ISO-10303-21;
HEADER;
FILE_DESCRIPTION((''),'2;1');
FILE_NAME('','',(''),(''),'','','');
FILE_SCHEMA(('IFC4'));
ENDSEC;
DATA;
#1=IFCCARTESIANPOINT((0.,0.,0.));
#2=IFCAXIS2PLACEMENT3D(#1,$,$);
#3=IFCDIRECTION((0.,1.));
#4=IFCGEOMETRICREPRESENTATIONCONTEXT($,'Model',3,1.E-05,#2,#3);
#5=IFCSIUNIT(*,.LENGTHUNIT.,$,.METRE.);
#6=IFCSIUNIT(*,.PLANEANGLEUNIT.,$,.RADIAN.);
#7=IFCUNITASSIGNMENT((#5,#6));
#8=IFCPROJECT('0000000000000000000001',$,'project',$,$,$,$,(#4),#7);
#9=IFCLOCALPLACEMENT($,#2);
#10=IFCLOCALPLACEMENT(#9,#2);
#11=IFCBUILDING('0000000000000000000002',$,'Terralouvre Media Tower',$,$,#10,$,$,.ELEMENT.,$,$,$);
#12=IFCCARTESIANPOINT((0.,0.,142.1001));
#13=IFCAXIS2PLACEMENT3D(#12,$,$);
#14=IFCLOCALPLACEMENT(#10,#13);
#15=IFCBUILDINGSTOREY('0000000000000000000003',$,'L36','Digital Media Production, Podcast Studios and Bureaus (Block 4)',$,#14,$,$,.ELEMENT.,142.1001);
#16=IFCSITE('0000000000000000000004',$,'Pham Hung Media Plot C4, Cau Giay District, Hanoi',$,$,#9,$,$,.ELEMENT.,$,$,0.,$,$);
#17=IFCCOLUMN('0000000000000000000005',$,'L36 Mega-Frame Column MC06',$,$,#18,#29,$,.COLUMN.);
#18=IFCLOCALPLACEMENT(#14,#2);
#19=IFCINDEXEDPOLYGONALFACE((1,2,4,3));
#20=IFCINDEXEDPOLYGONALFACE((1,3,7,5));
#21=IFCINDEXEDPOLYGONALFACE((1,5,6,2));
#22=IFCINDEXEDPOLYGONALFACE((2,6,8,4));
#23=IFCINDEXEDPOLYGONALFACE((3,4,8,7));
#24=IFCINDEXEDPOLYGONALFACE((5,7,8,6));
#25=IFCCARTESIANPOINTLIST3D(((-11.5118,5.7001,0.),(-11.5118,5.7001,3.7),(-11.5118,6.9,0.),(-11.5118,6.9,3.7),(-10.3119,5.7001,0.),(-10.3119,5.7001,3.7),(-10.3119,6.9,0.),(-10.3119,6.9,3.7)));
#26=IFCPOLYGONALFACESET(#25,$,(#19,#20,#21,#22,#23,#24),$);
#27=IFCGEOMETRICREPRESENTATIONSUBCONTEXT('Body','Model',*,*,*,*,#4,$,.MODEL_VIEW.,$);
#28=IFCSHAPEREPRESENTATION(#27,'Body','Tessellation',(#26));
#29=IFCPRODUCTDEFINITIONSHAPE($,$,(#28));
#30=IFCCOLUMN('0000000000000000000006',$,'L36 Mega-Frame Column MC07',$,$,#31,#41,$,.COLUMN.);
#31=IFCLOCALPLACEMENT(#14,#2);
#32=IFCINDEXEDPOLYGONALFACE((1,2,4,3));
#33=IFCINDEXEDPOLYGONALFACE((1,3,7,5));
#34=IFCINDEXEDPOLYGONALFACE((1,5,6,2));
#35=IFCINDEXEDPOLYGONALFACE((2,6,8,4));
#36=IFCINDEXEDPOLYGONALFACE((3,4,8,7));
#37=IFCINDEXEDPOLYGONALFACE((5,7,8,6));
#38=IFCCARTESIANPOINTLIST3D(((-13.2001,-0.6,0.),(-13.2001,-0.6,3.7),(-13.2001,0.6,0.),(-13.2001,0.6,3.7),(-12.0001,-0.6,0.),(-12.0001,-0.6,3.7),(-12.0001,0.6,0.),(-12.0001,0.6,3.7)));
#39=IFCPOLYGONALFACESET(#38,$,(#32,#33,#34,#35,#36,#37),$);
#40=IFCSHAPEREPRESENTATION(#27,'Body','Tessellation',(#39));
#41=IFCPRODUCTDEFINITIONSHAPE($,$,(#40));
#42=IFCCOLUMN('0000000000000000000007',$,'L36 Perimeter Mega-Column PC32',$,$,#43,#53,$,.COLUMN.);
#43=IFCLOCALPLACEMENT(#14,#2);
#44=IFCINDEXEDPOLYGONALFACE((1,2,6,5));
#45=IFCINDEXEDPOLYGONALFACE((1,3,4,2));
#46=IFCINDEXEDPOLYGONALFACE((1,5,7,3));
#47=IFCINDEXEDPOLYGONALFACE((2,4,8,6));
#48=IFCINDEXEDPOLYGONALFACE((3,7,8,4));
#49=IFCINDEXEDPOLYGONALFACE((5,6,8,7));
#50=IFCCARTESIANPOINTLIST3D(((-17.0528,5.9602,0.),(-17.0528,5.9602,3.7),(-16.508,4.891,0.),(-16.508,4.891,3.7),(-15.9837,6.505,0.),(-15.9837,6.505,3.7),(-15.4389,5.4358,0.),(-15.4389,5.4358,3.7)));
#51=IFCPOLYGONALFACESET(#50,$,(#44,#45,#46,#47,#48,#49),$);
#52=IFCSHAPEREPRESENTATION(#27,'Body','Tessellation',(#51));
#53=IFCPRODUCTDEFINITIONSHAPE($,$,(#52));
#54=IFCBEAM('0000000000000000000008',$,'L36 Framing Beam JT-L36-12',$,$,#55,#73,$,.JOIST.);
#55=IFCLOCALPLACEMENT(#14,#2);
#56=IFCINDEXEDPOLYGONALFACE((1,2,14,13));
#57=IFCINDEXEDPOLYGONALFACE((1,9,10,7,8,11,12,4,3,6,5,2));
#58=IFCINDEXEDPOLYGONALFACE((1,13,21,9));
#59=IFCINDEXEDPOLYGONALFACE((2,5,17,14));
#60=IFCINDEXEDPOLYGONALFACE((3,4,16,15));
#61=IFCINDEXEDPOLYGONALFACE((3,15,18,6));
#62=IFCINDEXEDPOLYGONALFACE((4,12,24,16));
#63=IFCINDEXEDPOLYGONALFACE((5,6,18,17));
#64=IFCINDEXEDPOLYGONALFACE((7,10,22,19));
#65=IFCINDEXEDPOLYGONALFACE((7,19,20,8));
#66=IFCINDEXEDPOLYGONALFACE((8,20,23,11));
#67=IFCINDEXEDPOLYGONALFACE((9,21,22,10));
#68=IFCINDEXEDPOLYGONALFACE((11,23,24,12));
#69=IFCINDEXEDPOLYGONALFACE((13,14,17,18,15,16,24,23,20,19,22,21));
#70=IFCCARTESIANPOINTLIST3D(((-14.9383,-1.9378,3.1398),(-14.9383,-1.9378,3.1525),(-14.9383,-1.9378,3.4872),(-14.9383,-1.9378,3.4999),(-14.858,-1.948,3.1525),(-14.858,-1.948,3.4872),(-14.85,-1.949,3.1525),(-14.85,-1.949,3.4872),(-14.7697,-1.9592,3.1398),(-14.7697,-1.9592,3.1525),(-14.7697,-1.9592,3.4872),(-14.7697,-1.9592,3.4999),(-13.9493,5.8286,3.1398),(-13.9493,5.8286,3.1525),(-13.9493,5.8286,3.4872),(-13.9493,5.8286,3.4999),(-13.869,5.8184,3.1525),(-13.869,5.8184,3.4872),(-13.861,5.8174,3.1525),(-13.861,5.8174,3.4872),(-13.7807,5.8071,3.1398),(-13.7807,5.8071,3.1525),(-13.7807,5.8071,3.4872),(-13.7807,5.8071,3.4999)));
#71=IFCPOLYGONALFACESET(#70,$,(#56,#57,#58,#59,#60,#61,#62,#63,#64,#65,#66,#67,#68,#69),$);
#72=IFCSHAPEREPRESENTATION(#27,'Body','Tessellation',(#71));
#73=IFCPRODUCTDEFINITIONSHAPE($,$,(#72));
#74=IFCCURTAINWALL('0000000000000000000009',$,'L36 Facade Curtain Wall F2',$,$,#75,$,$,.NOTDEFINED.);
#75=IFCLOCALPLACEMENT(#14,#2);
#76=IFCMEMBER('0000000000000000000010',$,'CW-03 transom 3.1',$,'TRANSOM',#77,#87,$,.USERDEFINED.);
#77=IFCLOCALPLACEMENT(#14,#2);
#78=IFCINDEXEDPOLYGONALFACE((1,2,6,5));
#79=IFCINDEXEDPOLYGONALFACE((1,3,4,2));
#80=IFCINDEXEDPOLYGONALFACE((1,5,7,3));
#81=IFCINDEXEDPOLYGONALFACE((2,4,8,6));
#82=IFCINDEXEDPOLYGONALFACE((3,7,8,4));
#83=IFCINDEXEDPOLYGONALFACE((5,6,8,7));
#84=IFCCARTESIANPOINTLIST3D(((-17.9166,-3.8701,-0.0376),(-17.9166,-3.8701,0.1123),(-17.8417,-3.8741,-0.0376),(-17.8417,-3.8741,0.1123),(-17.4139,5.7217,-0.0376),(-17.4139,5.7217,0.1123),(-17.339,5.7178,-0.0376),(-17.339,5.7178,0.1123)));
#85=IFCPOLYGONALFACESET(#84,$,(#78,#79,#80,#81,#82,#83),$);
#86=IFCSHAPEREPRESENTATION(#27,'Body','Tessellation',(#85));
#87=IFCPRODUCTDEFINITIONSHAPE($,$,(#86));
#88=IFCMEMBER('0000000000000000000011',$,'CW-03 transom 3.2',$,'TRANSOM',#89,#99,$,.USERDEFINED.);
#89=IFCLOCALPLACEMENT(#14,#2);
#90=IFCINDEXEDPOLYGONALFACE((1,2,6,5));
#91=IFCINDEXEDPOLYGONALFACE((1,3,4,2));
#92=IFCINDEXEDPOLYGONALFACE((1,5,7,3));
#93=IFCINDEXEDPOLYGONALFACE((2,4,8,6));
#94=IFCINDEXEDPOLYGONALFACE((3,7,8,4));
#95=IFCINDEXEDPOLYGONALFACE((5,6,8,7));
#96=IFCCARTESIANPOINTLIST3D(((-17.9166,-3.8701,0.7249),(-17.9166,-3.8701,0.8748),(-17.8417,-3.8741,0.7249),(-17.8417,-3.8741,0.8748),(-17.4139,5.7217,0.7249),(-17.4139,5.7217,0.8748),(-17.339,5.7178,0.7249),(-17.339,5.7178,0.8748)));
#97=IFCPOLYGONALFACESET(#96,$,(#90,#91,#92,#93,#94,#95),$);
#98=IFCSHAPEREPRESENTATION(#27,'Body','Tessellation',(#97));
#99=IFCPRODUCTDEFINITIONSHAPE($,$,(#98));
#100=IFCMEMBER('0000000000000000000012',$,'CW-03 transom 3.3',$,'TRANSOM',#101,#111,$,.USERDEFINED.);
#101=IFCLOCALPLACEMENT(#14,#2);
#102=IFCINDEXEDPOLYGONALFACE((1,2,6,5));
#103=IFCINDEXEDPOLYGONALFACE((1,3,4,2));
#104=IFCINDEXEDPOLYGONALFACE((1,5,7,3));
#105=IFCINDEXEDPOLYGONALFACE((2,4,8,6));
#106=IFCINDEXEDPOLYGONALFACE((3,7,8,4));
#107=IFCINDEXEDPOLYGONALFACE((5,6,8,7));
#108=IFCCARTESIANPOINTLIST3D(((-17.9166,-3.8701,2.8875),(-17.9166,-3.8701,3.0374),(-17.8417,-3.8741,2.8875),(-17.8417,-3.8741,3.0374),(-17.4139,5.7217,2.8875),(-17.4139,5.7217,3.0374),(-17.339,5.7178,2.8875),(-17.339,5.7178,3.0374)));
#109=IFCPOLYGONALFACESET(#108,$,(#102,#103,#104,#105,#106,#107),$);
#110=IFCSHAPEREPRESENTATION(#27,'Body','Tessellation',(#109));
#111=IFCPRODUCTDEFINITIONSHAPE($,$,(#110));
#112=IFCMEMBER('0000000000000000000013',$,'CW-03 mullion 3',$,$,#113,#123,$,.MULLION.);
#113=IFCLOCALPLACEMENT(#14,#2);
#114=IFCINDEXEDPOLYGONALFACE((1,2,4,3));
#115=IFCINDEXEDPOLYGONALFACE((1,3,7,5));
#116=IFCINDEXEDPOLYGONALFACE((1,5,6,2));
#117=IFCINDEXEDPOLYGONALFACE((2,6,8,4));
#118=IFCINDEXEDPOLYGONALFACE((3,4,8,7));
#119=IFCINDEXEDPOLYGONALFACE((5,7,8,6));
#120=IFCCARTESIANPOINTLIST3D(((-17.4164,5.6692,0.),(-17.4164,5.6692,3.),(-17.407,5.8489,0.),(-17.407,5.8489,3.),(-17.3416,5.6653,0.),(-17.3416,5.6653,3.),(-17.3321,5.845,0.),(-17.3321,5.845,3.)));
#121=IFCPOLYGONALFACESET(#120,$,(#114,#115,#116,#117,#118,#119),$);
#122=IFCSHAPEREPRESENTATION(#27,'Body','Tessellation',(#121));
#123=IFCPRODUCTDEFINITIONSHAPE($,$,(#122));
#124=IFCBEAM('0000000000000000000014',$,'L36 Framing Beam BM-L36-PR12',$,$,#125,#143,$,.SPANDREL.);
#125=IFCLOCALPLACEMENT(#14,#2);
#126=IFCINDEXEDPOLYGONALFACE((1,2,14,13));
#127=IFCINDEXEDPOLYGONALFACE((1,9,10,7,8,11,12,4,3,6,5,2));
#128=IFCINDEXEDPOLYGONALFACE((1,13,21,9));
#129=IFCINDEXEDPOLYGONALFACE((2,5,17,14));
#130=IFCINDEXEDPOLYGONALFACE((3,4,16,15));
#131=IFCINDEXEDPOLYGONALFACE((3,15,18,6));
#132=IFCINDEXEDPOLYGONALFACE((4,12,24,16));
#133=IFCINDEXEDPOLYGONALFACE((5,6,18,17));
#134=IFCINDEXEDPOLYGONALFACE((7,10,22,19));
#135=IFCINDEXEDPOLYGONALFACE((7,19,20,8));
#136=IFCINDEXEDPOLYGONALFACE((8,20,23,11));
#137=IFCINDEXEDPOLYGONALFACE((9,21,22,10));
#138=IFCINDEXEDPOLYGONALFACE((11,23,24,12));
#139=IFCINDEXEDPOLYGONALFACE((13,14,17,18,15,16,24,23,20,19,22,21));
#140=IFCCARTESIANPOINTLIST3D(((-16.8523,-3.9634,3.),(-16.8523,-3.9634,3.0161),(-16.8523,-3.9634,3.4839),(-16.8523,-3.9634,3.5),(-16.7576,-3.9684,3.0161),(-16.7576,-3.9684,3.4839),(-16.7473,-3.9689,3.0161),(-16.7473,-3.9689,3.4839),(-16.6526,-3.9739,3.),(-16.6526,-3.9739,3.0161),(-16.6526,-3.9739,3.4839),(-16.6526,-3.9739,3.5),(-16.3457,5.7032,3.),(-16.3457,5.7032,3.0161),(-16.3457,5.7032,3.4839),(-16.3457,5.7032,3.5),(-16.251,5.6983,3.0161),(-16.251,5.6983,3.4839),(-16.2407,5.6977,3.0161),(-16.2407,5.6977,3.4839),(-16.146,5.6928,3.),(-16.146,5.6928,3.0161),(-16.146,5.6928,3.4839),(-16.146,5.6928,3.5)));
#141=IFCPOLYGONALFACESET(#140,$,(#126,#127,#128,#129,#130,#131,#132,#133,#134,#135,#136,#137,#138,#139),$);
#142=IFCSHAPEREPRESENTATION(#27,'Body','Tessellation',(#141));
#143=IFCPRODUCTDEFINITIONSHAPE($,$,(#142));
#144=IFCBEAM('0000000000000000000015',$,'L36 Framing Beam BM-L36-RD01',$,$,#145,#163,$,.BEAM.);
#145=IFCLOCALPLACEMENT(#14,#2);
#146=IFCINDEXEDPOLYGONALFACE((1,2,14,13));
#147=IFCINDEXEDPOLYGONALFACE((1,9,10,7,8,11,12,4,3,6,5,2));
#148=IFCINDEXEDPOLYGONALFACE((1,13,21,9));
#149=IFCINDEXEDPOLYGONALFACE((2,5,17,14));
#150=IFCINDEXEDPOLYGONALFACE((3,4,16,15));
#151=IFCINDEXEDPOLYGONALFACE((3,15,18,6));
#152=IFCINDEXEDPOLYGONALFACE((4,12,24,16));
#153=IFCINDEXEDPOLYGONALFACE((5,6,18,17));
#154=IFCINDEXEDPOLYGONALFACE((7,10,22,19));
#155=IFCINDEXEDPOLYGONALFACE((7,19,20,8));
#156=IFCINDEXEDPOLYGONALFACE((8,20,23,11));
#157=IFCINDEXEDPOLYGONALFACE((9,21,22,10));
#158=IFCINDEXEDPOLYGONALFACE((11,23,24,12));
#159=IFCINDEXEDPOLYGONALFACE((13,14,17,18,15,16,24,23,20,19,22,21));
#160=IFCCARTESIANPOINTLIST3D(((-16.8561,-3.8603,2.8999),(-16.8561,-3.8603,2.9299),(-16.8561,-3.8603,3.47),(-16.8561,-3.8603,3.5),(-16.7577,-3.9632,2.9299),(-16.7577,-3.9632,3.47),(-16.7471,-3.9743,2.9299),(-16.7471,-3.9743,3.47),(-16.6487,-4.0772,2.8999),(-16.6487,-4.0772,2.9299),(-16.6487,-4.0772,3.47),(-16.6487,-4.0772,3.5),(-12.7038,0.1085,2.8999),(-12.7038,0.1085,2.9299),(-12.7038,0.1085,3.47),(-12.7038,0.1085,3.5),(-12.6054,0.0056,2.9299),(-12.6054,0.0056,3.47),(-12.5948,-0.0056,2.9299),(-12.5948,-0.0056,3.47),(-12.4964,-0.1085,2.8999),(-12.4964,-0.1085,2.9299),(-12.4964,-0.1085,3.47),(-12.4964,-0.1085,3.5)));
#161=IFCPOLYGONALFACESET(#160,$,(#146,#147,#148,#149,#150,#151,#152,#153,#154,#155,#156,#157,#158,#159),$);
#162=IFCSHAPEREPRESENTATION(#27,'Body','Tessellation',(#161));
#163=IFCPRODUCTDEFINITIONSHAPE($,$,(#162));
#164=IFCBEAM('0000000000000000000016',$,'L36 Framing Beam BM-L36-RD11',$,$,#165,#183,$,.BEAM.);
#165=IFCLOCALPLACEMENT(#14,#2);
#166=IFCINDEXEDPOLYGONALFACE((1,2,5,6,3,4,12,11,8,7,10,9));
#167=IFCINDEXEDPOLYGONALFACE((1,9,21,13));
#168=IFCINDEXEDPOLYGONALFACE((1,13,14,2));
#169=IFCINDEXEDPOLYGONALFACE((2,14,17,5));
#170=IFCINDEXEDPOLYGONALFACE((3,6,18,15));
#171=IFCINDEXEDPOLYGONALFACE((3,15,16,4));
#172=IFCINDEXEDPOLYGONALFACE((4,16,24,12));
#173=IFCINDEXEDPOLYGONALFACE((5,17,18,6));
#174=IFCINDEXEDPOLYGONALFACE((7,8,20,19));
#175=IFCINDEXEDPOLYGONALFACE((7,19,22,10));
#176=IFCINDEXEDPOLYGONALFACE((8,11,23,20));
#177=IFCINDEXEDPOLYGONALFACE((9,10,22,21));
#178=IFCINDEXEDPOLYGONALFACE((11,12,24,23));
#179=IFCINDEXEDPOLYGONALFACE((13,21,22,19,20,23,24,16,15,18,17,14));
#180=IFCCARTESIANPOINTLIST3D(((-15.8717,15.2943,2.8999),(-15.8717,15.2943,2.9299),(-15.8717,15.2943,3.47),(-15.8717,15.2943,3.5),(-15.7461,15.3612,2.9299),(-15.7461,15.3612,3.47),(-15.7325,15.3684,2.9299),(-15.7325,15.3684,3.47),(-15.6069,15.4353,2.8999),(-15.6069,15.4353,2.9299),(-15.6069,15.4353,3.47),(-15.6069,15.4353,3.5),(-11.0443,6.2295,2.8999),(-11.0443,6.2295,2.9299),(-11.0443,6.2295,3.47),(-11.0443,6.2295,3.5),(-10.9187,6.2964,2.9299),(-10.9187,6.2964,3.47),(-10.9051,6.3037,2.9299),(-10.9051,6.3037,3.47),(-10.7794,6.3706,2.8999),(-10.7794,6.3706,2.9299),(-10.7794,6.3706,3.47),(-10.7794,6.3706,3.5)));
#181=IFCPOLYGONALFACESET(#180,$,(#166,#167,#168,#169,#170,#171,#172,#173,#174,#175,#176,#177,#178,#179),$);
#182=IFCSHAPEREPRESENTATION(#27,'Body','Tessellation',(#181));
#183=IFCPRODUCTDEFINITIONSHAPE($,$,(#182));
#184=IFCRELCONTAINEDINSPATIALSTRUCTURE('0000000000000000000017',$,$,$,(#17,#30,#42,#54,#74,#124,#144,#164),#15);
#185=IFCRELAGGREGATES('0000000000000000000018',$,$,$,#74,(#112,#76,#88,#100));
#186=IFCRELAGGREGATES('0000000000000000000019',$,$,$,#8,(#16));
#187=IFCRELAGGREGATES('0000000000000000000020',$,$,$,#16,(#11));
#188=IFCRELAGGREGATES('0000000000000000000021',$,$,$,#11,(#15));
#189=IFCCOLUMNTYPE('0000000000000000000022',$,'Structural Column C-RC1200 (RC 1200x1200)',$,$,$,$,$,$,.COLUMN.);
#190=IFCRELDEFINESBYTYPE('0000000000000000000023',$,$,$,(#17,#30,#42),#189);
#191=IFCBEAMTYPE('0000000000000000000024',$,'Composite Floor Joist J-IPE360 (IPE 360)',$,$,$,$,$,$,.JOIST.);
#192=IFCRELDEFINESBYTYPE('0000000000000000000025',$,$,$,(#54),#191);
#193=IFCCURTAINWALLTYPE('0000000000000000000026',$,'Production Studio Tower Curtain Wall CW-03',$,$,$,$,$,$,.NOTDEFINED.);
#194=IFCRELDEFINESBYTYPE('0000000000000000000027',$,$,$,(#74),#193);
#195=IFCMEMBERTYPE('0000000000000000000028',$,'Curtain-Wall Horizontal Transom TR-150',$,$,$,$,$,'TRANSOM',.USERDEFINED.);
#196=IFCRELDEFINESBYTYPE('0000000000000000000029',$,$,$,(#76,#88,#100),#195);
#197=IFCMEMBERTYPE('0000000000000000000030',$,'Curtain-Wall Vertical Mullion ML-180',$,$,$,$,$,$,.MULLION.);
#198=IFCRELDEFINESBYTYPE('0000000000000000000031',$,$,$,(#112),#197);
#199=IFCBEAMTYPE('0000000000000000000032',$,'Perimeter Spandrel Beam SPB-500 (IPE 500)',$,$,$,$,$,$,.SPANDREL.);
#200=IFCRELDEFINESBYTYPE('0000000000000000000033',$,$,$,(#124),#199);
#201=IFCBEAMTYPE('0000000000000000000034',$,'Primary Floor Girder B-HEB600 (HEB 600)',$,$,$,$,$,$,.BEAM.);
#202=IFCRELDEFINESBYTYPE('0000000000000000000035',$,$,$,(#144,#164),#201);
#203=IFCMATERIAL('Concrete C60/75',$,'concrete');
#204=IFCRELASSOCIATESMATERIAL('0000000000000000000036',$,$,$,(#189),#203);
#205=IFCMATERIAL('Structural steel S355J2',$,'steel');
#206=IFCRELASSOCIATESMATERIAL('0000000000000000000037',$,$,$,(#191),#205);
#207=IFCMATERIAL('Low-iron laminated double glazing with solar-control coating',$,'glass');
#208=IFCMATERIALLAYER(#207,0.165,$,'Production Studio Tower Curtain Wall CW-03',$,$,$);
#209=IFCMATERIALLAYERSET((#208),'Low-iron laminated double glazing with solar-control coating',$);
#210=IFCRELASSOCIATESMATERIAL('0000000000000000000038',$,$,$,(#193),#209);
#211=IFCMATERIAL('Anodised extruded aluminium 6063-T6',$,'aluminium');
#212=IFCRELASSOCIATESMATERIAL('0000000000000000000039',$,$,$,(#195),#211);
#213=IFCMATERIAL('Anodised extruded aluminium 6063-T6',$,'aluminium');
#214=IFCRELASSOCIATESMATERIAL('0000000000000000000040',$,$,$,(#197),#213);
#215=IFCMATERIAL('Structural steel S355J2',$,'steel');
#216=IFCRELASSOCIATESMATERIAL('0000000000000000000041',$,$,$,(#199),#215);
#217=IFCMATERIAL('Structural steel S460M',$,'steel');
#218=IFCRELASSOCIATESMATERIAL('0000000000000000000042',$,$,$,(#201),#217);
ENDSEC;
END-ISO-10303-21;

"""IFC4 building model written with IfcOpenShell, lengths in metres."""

from ifc_helpers import new_model, si_unit, direction, frame, origin, origin_2d, place, context, subcontext, project, spatial, rectangle, i_section, extrude, material, layer, layer_set, material_profile, profile_set, type_object, element, aggregate, save


model = new_model("IFC4")

# Units and contexts
model_context = context("Model", 3, precision=1e-05, world=origin(), true_north=direction((0.0, 1.0)))
body_context = subcontext(model_context, "Body", "Model", "MODEL_VIEW")
ifc_project = project(units=[si_unit("LENGTHUNIT", "METRE"), si_unit("PLANEANGLEUNIT", "RADIAN")], contexts=[model_context])

# Site, building, storey
site_placement = place(None, origin())
site = spatial("IfcSite", under=ifc_project, at=site_placement, Name="Pham Hung Media Plot C4, Cau Giay District, Hanoi", CompositionType="ELEMENT", RefElevation=0.0)
building_placement = place(site_placement, origin())
building = spatial("IfcBuilding", under=site, at=building_placement, Name="Terralouvre Media Tower", CompositionType="ELEMENT")
storey_placement = place(building_placement, frame((0.0, 0.0, 142.1001)))
storey = spatial("IfcBuildingStorey", under=building, at=storey_placement, Name="L36", Description="Digital Media Production, Podcast Studios and Bureaus (Block 4)", CompositionType="ELEMENT", Elevation=142.1001)

# Columns
ifc_material_1 = material(Name="Concrete C60/75", Category="concrete")
ifc_material_profile_1 = material_profile(ifc_material_1, rectangle(XDim=1.2, YDim=1.2, at=origin_2d()), Name="RC 1200x1200")
ifc_profile_set_1 = profile_set([ifc_material_profile_1], Name="Concrete C60/75")
column_type = type_object("IfcColumnType", Name="Structural Column C-RC1200 (RC 1200x1200)", PredefinedType="COLUMN", material=ifc_profile_set_1)
for number, where, z_axis, x_axis, name in (
    (1, (-10.9119, 6.3, 0.0), (0.0, 0.0, 1.0), (1.0, 0.0, 0.0), "L36 Mega-Frame Column MC06"),
    (2, (-12.6001, 0.0, 0.0), (0.0, 0.0, 1.0), (1.0, 0.0, 0.0), "L36 Mega-Frame Column MC07"),
    (3, (-16.2458, 5.698, 0.0), (0.0, 0.0, 1.0), (0.891007, 0.45399, 0.0), "L36 Perimeter Mega-Column PC32"),
):
    element("IfcColumn", number, at=place(storey_placement, frame(where, z_axis=z_axis, x_axis=x_axis)), inside=storey, type_object=column_type, Name=name, PredefinedType="COLUMN", context=body_context, shape_type="SweptSolid", body=[
        extrude(rectangle(XDim=1.2, YDim=1.2, at=origin_2d()), origin(), (0.0, 0.0, 1.0), 3.7),
    ])

# Beam
ifc_material_2 = material(Name="Structural steel S355J2", Category="steel")
ifc_material_profile_2 = material_profile(ifc_material_2, i_section(OverallWidth=0.1699, OverallDepth=0.3601, WebThickness=0.0081, FlangeThickness=0.0127, at=origin_2d()), Name="IPE 360")
ifc_profile_set_2 = profile_set([ifc_material_profile_2], Name="Structural steel S355J2")
beam_type_1 = type_object("IfcBeamType", Name="Composite Floor Joist J-IPE360 (IPE 360)", PredefinedType="JOIST", material=ifc_profile_set_2)
beam_1_placement = place(storey_placement, frame((-13.865, 5.8179, 3.3198), z_axis=(-0.126326, -0.991989, 0.0), x_axis=(0.991989, -0.126326, 0.0)))
element("IfcBeam", 4, at=beam_1_placement, inside=storey, type_object=beam_type_1, Name="L36 Framing Beam JT-L36-12", PredefinedType="JOIST", context=body_context, shape_type="SweptSolid", body=[
    extrude(i_section(OverallWidth=0.1699, OverallDepth=0.3601, WebThickness=0.0081, FlangeThickness=0.0127, at=origin_2d()), origin(), (0.0, 0.0, 1.0), 7.8291),
])

# Curtain wall, members
ifc_material_3 = material(Name="Low-iron laminated double glazing with solar-control coating", Category="glass")
ifc_layer_1 = layer(ifc_material_3, 0.165, Name="Production Studio Tower Curtain Wall CW-03")
ifc_layer_set_1 = layer_set([ifc_layer_1], Name="Low-iron laminated double glazing with solar-control coating")
curtain_wall_type = type_object("IfcCurtainWallType", Name="Production Studio Tower Curtain Wall CW-03", PredefinedType="NOTDEFINED", material=ifc_layer_set_1)
curtain_wall_placement = place(storey_placement, origin())
curtain_wall = element("IfcCurtainWall", 5, at=curtain_wall_placement, inside=storey, type_object=curtain_wall_type, Name="L36 Facade Curtain Wall F2", PredefinedType="NOTDEFINED")
ifc_material_4 = material(Name="Anodised extruded aluminium 6063-T6", Category="aluminium")
ifc_material_profile_3 = material_profile(ifc_material_4, rectangle(XDim=0.075, YDim=0.1499, at=origin_2d()), Name="ALU 75x150")
ifc_profile_set_3 = profile_set([ifc_material_profile_3], Name="Anodised extruded aluminium 6063-T6")
member_type_1 = type_object("IfcMemberType", Name="Curtain-Wall Horizontal Transom TR-150", ElementType="TRANSOM", PredefinedType="USERDEFINED", material=ifc_profile_set_3)
member_1_placement = place(storey_placement, frame((-17.3765, 5.7197, 0.0374), z_axis=(-0.052336, -0.99863, 0.0), x_axis=(0.99863, -0.052336, 0.0)))
member_1 = element("IfcMember", 6, at=member_1_placement, type_object=member_type_1, Name="CW-03 transom 3.1", ObjectType="TRANSOM", PredefinedType="USERDEFINED", context=body_context, shape_type="SweptSolid", body=[
    extrude(rectangle(XDim=0.075, YDim=0.1499, at=origin_2d()), origin(), (0.0, 0.0, 1.0), 9.605),
])
member_2_placement = place(storey_placement, frame((-17.3765, 5.7197, 0.7998), z_axis=(-0.052336, -0.99863, 0.0), x_axis=(0.99863, -0.052336, 0.0)))
member_2 = element("IfcMember", 7, at=member_2_placement, type_object=member_type_1, Name="CW-03 transom 3.2", ObjectType="TRANSOM", PredefinedType="USERDEFINED", context=body_context, shape_type="SweptSolid", body=[
    extrude(rectangle(XDim=0.075, YDim=0.1499, at=origin_2d()), origin(), (0.0, 0.0, 1.0), 9.605),
])
member_3_placement = place(storey_placement, frame((-17.3765, 5.7197, 2.9624), z_axis=(-0.052336, -0.99863, 0.0), x_axis=(0.99863, -0.052336, 0.0)))
member_3 = element("IfcMember", 8, at=member_3_placement, type_object=member_type_1, Name="CW-03 transom 3.3", ObjectType="TRANSOM", PredefinedType="USERDEFINED", context=body_context, shape_type="SweptSolid", body=[
    extrude(rectangle(XDim=0.075, YDim=0.1499, at=origin_2d()), origin(), (0.0, 0.0, 1.0), 9.605),
])
ifc_material_5 = material(Name="Anodised extruded aluminium 6063-T6", Category="aluminium")
ifc_material_profile_4 = material_profile(ifc_material_5, rectangle(XDim=0.075, YDim=0.1799, at=origin_2d()), Name="ALU 75x180")
ifc_profile_set_4 = profile_set([ifc_material_profile_4], Name="Anodised extruded aluminium 6063-T6")
member_type_2 = type_object("IfcMemberType", Name="Curtain-Wall Vertical Mullion ML-180", PredefinedType="MULLION", material=ifc_profile_set_4)
member_4_placement = place(storey_placement, frame((-17.3743, 5.7571, 0.0), z_axis=(0.0, 0.0, 1.0), x_axis=(0.99863, -0.052336, 0.0)))
member_4 = element("IfcMember", 9, at=member_4_placement, type_object=member_type_2, Name="CW-03 mullion 3", PredefinedType="MULLION", context=body_context, shape_type="SweptSolid", body=[
    extrude(rectangle(XDim=0.075, YDim=0.1799, at=origin_2d()), origin(), (0.0, 0.0, 1.0), 3.0),
])

# Beams
ifc_material_6 = material(Name="Structural steel S355J2", Category="steel")
ifc_material_profile_5 = material_profile(ifc_material_6, i_section(OverallWidth=0.2, OverallDepth=0.5, WebThickness=0.0103, FlangeThickness=0.0161, at=origin_2d()), Name="IPE 500")
ifc_profile_set_5 = profile_set([ifc_material_profile_5], Name="Structural steel S355J2")
beam_type_2 = type_object("IfcBeamType", Name="Perimeter Spandrel Beam SPB-500 (IPE 500)", PredefinedType="SPANDREL", material=ifc_profile_set_5)
beam_2_placement = place(storey_placement, frame((-16.2458, 5.698, 3.25), z_axis=(-0.052334, -0.99863, 0.0), x_axis=(0.99863, -0.052334, 0.0)))
element("IfcBeam", 10, at=beam_2_placement, inside=storey, type_object=beam_type_2, Name="L36 Framing Beam BM-L36-PR12", PredefinedType="SPANDREL", context=body_context, shape_type="SweptSolid", body=[
    extrude(i_section(OverallWidth=0.2, OverallDepth=0.5, WebThickness=0.0103, FlangeThickness=0.0161, at=origin_2d()), origin(), (0.0, 0.0, 1.0), 9.6799),
])
ifc_material_7 = material(Name="Structural steel S460M", Category="steel")
ifc_material_profile_6 = material_profile(ifc_material_7, i_section(OverallWidth=0.3, OverallDepth=0.6001, WebThickness=0.0154, FlangeThickness=0.03, at=origin_2d()), Name="HEB 600")
ifc_profile_set_6 = profile_set([ifc_material_profile_6], Name="Structural steel S460M")
beam_type_3 = type_object("IfcBeamType", Name="Primary Floor Girder B-HEB600 (HEB 600)", PredefinedType="BEAM", material=ifc_profile_set_6)
beam_3_placement = place(storey_placement, frame((-12.6001, 0.0, 3.2), z_axis=(-0.722908, -0.690945, 0.0), x_axis=(0.690945, -0.722908, 0.0)))
element("IfcBeam", 11, at=beam_3_placement, inside=storey, type_object=beam_type_3, Name="L36 Framing Beam BM-L36-RD01", PredefinedType="BEAM", context=body_context, shape_type="SweptSolid", body=[
    extrude(i_section(OverallWidth=0.3, OverallDepth=0.6001, WebThickness=0.0154, FlangeThickness=0.03, at=origin_2d()), origin(), (0.0, 0.0, 1.0), 5.7439),
])
beam_4_placement = place(storey_placement, frame((-10.9119, 6.3, 3.2), z_axis=(-0.470049, 0.88264, 0.0), x_axis=(-0.88264, -0.470049, 0.0)))
element("IfcBeam", 12, at=beam_4_placement, inside=storey, type_object=beam_type_3, Name="L36 Framing Beam BM-L36-RD11", PredefinedType="BEAM", context=body_context, shape_type="SweptSolid", body=[
    extrude(i_section(OverallWidth=0.3, OverallDepth=0.6001, WebThickness=0.0154, FlangeThickness=0.03, at=origin_2d()), origin(), (0.0, 0.0, 1.0), 10.27),
])

aggregate(curtain_wall, [member_4, member_1, member_2, member_3])

save(model, "model.ifc")
